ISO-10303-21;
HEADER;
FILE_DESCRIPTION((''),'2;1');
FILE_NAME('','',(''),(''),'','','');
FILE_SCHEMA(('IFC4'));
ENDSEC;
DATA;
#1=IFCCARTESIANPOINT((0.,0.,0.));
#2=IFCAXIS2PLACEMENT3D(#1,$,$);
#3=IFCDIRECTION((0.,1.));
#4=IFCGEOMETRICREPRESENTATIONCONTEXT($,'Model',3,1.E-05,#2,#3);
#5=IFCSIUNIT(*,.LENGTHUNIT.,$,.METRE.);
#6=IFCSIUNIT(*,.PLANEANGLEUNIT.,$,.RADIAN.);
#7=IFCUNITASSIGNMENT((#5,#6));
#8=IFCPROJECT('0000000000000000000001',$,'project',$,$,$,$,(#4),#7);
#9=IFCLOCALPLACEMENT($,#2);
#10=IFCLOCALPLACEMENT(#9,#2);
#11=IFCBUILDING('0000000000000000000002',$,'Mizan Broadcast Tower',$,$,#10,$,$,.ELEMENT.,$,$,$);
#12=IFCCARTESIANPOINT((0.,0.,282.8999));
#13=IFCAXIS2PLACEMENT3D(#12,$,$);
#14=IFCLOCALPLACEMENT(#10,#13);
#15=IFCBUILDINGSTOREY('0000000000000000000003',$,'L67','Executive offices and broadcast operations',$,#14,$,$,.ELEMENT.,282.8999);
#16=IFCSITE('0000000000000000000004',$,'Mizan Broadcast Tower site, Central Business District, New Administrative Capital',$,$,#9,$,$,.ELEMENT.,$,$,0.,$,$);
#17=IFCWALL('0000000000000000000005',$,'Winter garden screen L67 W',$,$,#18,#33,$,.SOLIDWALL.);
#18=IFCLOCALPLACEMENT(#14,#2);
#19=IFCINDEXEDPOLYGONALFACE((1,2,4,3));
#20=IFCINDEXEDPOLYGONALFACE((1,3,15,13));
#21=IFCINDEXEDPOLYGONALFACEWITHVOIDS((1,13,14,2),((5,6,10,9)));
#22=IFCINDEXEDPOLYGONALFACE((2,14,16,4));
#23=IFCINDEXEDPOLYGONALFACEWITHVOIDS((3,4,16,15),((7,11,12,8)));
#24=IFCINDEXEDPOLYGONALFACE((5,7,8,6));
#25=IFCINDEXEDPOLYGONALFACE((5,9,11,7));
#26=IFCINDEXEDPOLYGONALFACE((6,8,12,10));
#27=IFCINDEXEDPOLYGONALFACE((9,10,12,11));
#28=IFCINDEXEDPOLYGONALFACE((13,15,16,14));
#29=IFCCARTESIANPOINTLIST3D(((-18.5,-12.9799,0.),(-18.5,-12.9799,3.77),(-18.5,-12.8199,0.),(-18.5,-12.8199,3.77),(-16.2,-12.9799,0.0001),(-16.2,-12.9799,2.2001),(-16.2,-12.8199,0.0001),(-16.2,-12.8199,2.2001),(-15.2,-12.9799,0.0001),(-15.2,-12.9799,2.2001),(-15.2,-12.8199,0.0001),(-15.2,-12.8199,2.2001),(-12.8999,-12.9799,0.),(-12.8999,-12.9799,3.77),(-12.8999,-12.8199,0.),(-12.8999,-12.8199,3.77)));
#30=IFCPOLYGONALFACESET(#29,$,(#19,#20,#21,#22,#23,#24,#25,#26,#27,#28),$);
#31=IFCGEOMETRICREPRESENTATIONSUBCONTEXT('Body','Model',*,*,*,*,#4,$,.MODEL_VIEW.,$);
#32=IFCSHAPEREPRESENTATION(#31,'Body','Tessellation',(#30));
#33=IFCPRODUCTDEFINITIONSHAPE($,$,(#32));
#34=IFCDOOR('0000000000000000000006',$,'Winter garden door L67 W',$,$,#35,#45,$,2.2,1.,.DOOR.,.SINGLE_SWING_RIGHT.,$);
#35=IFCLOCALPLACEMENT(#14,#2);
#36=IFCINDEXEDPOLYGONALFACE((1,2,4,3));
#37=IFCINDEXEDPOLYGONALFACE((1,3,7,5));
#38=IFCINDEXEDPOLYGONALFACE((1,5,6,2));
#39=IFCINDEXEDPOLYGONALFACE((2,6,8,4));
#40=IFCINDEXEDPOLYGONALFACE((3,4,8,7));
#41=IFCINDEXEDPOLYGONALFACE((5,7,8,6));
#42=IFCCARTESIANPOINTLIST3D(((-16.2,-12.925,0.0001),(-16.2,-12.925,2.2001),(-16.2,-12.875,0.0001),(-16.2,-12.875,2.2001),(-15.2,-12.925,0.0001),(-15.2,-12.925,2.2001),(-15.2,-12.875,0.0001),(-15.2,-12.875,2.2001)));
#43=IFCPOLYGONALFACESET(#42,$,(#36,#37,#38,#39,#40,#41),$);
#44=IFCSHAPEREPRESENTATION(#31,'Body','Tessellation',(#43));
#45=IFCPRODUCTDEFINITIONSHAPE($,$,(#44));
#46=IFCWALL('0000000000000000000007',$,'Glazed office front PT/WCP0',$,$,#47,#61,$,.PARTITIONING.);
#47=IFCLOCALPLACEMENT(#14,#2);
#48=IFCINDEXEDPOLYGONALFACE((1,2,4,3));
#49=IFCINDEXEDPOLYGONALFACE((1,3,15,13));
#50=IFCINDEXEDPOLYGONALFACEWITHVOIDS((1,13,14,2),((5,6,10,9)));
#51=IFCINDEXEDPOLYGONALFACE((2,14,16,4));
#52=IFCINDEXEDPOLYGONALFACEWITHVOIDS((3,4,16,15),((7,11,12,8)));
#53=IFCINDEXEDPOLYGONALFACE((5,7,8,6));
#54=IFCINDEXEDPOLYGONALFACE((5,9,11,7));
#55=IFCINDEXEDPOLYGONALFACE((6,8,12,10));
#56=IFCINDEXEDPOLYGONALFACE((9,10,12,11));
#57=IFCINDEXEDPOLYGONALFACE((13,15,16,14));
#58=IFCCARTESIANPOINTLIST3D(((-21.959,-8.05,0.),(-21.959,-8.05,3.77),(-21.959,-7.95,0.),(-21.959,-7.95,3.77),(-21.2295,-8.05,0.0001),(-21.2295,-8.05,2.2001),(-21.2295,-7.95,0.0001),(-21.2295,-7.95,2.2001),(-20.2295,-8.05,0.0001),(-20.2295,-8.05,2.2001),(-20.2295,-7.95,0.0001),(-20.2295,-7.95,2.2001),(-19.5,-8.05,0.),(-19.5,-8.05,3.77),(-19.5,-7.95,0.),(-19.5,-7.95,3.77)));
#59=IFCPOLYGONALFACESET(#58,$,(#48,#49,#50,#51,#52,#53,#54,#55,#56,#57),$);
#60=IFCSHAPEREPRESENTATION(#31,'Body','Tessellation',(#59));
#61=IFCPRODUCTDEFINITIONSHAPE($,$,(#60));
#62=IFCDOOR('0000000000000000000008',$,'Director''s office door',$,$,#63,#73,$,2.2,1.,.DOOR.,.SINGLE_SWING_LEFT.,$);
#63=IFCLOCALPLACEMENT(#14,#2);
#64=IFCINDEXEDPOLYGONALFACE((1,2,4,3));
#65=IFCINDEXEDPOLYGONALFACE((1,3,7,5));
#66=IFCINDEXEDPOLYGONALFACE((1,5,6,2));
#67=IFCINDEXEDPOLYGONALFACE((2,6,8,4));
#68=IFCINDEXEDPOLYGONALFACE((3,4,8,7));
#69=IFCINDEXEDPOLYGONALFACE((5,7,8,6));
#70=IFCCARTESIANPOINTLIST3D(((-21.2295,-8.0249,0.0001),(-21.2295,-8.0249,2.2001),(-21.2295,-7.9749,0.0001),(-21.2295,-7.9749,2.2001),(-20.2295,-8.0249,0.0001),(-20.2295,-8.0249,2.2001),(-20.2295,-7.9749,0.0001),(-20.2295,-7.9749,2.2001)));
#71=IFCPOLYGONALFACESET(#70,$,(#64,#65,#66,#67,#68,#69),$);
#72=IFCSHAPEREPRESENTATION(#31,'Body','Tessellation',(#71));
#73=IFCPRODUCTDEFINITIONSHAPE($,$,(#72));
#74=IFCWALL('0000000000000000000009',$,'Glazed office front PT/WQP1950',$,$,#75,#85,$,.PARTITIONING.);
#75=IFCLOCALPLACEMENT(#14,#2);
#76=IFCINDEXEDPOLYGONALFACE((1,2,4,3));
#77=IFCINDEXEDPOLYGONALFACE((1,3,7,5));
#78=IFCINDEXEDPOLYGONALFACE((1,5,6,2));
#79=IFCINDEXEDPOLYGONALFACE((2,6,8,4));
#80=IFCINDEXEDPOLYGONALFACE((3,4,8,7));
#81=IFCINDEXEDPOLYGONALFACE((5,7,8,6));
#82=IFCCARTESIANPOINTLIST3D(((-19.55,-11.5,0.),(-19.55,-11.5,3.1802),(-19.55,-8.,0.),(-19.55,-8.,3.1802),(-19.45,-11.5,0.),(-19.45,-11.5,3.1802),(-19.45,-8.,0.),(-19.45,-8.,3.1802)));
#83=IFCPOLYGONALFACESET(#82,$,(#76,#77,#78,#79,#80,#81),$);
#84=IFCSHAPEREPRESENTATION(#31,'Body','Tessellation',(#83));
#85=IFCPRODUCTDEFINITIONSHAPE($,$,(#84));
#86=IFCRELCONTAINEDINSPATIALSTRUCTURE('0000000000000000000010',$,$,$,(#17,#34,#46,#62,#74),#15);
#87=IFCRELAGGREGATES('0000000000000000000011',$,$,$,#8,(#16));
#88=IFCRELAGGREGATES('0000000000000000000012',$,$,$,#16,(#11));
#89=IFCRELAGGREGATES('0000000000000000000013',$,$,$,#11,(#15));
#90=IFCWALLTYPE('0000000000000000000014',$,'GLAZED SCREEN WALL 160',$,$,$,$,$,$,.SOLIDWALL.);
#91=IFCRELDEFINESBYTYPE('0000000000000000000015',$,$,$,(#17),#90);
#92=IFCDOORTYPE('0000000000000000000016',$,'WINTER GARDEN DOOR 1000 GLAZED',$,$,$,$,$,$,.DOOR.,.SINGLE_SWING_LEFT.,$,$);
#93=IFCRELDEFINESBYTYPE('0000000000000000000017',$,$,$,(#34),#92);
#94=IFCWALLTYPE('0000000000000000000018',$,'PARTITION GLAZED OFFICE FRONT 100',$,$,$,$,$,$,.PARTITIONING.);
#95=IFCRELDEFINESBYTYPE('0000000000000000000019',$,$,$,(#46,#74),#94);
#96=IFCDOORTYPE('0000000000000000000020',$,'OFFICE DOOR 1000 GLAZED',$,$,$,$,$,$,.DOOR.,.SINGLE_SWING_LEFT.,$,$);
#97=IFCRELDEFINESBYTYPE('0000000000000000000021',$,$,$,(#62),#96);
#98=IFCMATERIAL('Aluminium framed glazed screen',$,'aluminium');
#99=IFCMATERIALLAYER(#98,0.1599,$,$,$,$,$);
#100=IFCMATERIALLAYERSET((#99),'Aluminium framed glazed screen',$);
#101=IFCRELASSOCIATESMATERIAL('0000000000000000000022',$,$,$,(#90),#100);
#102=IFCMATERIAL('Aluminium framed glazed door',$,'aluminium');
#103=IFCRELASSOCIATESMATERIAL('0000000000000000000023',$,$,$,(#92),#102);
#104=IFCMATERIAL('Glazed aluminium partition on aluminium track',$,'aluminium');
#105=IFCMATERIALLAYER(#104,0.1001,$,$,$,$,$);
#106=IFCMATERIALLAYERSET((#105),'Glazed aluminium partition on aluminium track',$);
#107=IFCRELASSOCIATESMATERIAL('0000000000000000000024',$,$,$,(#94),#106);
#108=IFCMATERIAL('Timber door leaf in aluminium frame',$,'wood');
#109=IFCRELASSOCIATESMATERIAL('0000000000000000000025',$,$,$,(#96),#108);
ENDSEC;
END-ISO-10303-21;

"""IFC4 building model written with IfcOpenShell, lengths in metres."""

from ifc_helpers import new_model, si_unit, direction, frame, frame_2d, origin, place, context, subcontext, project, spatial, rectangle, extrude, material, layer, layer_set, type_object, element, fill, save


model = new_model("IFC4")

# Units and contexts
model_context = context("Model", 3, precision=1e-05, world=origin(), true_north=direction((0.0, 1.0)))
body_context = subcontext(model_context, "Body", "Model", "MODEL_VIEW")
ifc_project = project(units=[si_unit("LENGTHUNIT", "METRE"), si_unit("PLANEANGLEUNIT", "RADIAN")], contexts=[model_context])

# Site, building, storey
site_placement = place(None, origin())
site = spatial("IfcSite", under=ifc_project, at=site_placement, Name="Mizan Broadcast Tower site, Central Business District, New Administrative Capital", CompositionType="ELEMENT", RefElevation=0.0)
building_placement = place(site_placement, origin())
building = spatial("IfcBuilding", under=site, at=building_placement, Name="Mizan Broadcast Tower", CompositionType="ELEMENT")
storey_placement = place(building_placement, frame((0.0, 0.0, 282.8999)))
storey = spatial("IfcBuildingStorey", under=building, at=storey_placement, Name="L67", Description="Executive offices and broadcast operations", CompositionType="ELEMENT", Elevation=282.8999)

# Walls, openings, doors
ifc_material_1 = material(Name="Aluminium framed glazed screen", Category="aluminium")
ifc_layer_1 = layer(ifc_material_1, 0.1599)
ifc_layer_set_1 = layer_set([ifc_layer_1], Name="Aluminium framed glazed screen")
wall_type_1 = type_object("IfcWallType", Name="GLAZED SCREEN WALL 160", PredefinedType="SOLIDWALL", material=ifc_layer_set_1)
wall_1_placement = place(storey_placement, frame((-18.5, -12.8999, 0.0), z_axis=(0.0, 0.0, 1.0), x_axis=(1.0, 0.0, 0.0)))
wall_1 = element("IfcWall", 1, at=wall_1_placement, inside=storey, type_object=wall_type_1, Name="Winter garden screen L67 W", PredefinedType="SOLIDWALL", context=body_context, shape_type="SweptSolid", body=[
    extrude(rectangle(XDim=5.6001, YDim=0.1599, at=frame_2d((2.8, 0.0))), origin(), (0.0, 0.0, 1.0), 3.77),
])
opening_1_placement = place(wall_1_placement, frame((2.3, 0.0, 0.0)))
opening_1 = element("IfcOpeningElement", 2, at=opening_1_placement, cuts=wall_1, PredefinedType="OPENING", context=body_context, shape_type="SweptSolid", body=[
    extrude(rectangle(XDim=1.0, YDim=2.2, at=frame_2d((0.5, 1.1001))), frame((0.0, 0.0898, 0.0), z_axis=(0.0, -1.0, 0.0), x_axis=(1.0, 0.0, 0.0)), (0.0, 0.0, 1.0), 0.1799),
])
ifc_material_2 = material(Name="Aluminium framed glazed door", Category="aluminium")
door_type_1 = type_object("IfcDoorType", Name="WINTER GARDEN DOOR 1000 GLAZED", OperationType="SINGLE_SWING_LEFT", PredefinedType="DOOR", material=ifc_material_2)
door_1_placement = place(opening_1_placement, origin())
door_1 = element("IfcDoor", 3, at=door_1_placement, inside=storey, type_object=door_type_1, Name="Winter garden door L67 W", OperationType="SINGLE_SWING_RIGHT", OverallHeight=2.2, OverallWidth=1.0, PredefinedType="DOOR", context=body_context, shape_type="SweptSolid", body=[
    extrude(rectangle(XDim=1.0, YDim=2.2, at=frame_2d((0.5, 1.1001))), frame((0.0, 0.0249, 0.0), z_axis=(0.0, -1.0, 0.0), x_axis=(1.0, 0.0, 0.0)), (0.0, 0.0, 1.0), 0.05),
])
fill(opening_1, door_1)
ifc_material_3 = material(Name="Glazed aluminium partition on aluminium track", Category="aluminium")
ifc_layer_2 = layer(ifc_material_3, 0.1001)
ifc_layer_set_2 = layer_set([ifc_layer_2], Name="Glazed aluminium partition on aluminium track")
wall_type_2 = type_object("IfcWallType", Name="PARTITION GLAZED OFFICE FRONT 100", PredefinedType="PARTITIONING", material=ifc_layer_set_2)
wall_2_placement = place(storey_placement, frame((-19.5, -8.0, 0.0), z_axis=(0.0, 0.0, 1.0), x_axis=(-1.0, 0.0, 0.0)))
wall_2 = element("IfcWall", 4, at=wall_2_placement, inside=storey, type_object=wall_type_2, Name="Glazed office front PT/WCP0", PredefinedType="PARTITIONING", context=body_context, shape_type="SweptSolid", body=[
    extrude(rectangle(XDim=2.459, YDim=0.1001, at=frame_2d((1.2295, 0.0))), origin(), (0.0, 0.0, 1.0), 3.77),
])
opening_2_placement = place(wall_2_placement, frame((0.7295, 0.0, 0.0)))
opening_2 = element("IfcOpeningElement", 5, at=opening_2_placement, cuts=wall_2, PredefinedType="OPENING", context=body_context, shape_type="SweptSolid", body=[
    extrude(rectangle(XDim=1.0, YDim=2.2, at=frame_2d((0.5, 1.1001))), frame((0.0, 0.0601, 0.0), z_axis=(0.0, -1.0, 0.0), x_axis=(1.0, 0.0, 0.0)), (0.0, 0.0, 1.0), 0.1201),
])
ifc_material_4 = material(Name="Timber door leaf in aluminium frame", Category="wood")
door_type_2 = type_object("IfcDoorType", Name="OFFICE DOOR 1000 GLAZED", OperationType="SINGLE_SWING_LEFT", PredefinedType="DOOR", material=ifc_material_4)
door_2_placement = place(opening_2_placement, origin())
door_2 = element("IfcDoor", 6, at=door_2_placement, inside=storey, type_object=door_type_2, Name="Director's office door", OperationType="SINGLE_SWING_LEFT", OverallHeight=2.2, OverallWidth=1.0, PredefinedType="DOOR", context=body_context, shape_type="SweptSolid", body=[
    extrude(rectangle(XDim=1.0, YDim=2.2, at=frame_2d((0.5, 1.1001))), frame((0.0, 0.0249, 0.0), z_axis=(0.0, -1.0, 0.0), x_axis=(1.0, 0.0, 0.0)), (0.0, 0.0, 1.0), 0.05),
])
fill(opening_2, door_2)

# Wall
wall_3_placement = place(storey_placement, frame((-19.5, -8.0, 0.0), z_axis=(0.0, 0.0, 1.0), x_axis=(0.0, -1.0, 0.0)))
element("IfcWall", 7, at=wall_3_placement, inside=storey, type_object=wall_type_2, Name="Glazed office front PT/WQP1950", PredefinedType="PARTITIONING", context=body_context, shape_type="SweptSolid", body=[
    extrude(rectangle(XDim=3.5, YDim=0.1001, at=frame_2d((1.75, 0.0))), origin(), (0.0, 0.0, 1.0), 3.1802),
])

save(model, "model.ifc")
